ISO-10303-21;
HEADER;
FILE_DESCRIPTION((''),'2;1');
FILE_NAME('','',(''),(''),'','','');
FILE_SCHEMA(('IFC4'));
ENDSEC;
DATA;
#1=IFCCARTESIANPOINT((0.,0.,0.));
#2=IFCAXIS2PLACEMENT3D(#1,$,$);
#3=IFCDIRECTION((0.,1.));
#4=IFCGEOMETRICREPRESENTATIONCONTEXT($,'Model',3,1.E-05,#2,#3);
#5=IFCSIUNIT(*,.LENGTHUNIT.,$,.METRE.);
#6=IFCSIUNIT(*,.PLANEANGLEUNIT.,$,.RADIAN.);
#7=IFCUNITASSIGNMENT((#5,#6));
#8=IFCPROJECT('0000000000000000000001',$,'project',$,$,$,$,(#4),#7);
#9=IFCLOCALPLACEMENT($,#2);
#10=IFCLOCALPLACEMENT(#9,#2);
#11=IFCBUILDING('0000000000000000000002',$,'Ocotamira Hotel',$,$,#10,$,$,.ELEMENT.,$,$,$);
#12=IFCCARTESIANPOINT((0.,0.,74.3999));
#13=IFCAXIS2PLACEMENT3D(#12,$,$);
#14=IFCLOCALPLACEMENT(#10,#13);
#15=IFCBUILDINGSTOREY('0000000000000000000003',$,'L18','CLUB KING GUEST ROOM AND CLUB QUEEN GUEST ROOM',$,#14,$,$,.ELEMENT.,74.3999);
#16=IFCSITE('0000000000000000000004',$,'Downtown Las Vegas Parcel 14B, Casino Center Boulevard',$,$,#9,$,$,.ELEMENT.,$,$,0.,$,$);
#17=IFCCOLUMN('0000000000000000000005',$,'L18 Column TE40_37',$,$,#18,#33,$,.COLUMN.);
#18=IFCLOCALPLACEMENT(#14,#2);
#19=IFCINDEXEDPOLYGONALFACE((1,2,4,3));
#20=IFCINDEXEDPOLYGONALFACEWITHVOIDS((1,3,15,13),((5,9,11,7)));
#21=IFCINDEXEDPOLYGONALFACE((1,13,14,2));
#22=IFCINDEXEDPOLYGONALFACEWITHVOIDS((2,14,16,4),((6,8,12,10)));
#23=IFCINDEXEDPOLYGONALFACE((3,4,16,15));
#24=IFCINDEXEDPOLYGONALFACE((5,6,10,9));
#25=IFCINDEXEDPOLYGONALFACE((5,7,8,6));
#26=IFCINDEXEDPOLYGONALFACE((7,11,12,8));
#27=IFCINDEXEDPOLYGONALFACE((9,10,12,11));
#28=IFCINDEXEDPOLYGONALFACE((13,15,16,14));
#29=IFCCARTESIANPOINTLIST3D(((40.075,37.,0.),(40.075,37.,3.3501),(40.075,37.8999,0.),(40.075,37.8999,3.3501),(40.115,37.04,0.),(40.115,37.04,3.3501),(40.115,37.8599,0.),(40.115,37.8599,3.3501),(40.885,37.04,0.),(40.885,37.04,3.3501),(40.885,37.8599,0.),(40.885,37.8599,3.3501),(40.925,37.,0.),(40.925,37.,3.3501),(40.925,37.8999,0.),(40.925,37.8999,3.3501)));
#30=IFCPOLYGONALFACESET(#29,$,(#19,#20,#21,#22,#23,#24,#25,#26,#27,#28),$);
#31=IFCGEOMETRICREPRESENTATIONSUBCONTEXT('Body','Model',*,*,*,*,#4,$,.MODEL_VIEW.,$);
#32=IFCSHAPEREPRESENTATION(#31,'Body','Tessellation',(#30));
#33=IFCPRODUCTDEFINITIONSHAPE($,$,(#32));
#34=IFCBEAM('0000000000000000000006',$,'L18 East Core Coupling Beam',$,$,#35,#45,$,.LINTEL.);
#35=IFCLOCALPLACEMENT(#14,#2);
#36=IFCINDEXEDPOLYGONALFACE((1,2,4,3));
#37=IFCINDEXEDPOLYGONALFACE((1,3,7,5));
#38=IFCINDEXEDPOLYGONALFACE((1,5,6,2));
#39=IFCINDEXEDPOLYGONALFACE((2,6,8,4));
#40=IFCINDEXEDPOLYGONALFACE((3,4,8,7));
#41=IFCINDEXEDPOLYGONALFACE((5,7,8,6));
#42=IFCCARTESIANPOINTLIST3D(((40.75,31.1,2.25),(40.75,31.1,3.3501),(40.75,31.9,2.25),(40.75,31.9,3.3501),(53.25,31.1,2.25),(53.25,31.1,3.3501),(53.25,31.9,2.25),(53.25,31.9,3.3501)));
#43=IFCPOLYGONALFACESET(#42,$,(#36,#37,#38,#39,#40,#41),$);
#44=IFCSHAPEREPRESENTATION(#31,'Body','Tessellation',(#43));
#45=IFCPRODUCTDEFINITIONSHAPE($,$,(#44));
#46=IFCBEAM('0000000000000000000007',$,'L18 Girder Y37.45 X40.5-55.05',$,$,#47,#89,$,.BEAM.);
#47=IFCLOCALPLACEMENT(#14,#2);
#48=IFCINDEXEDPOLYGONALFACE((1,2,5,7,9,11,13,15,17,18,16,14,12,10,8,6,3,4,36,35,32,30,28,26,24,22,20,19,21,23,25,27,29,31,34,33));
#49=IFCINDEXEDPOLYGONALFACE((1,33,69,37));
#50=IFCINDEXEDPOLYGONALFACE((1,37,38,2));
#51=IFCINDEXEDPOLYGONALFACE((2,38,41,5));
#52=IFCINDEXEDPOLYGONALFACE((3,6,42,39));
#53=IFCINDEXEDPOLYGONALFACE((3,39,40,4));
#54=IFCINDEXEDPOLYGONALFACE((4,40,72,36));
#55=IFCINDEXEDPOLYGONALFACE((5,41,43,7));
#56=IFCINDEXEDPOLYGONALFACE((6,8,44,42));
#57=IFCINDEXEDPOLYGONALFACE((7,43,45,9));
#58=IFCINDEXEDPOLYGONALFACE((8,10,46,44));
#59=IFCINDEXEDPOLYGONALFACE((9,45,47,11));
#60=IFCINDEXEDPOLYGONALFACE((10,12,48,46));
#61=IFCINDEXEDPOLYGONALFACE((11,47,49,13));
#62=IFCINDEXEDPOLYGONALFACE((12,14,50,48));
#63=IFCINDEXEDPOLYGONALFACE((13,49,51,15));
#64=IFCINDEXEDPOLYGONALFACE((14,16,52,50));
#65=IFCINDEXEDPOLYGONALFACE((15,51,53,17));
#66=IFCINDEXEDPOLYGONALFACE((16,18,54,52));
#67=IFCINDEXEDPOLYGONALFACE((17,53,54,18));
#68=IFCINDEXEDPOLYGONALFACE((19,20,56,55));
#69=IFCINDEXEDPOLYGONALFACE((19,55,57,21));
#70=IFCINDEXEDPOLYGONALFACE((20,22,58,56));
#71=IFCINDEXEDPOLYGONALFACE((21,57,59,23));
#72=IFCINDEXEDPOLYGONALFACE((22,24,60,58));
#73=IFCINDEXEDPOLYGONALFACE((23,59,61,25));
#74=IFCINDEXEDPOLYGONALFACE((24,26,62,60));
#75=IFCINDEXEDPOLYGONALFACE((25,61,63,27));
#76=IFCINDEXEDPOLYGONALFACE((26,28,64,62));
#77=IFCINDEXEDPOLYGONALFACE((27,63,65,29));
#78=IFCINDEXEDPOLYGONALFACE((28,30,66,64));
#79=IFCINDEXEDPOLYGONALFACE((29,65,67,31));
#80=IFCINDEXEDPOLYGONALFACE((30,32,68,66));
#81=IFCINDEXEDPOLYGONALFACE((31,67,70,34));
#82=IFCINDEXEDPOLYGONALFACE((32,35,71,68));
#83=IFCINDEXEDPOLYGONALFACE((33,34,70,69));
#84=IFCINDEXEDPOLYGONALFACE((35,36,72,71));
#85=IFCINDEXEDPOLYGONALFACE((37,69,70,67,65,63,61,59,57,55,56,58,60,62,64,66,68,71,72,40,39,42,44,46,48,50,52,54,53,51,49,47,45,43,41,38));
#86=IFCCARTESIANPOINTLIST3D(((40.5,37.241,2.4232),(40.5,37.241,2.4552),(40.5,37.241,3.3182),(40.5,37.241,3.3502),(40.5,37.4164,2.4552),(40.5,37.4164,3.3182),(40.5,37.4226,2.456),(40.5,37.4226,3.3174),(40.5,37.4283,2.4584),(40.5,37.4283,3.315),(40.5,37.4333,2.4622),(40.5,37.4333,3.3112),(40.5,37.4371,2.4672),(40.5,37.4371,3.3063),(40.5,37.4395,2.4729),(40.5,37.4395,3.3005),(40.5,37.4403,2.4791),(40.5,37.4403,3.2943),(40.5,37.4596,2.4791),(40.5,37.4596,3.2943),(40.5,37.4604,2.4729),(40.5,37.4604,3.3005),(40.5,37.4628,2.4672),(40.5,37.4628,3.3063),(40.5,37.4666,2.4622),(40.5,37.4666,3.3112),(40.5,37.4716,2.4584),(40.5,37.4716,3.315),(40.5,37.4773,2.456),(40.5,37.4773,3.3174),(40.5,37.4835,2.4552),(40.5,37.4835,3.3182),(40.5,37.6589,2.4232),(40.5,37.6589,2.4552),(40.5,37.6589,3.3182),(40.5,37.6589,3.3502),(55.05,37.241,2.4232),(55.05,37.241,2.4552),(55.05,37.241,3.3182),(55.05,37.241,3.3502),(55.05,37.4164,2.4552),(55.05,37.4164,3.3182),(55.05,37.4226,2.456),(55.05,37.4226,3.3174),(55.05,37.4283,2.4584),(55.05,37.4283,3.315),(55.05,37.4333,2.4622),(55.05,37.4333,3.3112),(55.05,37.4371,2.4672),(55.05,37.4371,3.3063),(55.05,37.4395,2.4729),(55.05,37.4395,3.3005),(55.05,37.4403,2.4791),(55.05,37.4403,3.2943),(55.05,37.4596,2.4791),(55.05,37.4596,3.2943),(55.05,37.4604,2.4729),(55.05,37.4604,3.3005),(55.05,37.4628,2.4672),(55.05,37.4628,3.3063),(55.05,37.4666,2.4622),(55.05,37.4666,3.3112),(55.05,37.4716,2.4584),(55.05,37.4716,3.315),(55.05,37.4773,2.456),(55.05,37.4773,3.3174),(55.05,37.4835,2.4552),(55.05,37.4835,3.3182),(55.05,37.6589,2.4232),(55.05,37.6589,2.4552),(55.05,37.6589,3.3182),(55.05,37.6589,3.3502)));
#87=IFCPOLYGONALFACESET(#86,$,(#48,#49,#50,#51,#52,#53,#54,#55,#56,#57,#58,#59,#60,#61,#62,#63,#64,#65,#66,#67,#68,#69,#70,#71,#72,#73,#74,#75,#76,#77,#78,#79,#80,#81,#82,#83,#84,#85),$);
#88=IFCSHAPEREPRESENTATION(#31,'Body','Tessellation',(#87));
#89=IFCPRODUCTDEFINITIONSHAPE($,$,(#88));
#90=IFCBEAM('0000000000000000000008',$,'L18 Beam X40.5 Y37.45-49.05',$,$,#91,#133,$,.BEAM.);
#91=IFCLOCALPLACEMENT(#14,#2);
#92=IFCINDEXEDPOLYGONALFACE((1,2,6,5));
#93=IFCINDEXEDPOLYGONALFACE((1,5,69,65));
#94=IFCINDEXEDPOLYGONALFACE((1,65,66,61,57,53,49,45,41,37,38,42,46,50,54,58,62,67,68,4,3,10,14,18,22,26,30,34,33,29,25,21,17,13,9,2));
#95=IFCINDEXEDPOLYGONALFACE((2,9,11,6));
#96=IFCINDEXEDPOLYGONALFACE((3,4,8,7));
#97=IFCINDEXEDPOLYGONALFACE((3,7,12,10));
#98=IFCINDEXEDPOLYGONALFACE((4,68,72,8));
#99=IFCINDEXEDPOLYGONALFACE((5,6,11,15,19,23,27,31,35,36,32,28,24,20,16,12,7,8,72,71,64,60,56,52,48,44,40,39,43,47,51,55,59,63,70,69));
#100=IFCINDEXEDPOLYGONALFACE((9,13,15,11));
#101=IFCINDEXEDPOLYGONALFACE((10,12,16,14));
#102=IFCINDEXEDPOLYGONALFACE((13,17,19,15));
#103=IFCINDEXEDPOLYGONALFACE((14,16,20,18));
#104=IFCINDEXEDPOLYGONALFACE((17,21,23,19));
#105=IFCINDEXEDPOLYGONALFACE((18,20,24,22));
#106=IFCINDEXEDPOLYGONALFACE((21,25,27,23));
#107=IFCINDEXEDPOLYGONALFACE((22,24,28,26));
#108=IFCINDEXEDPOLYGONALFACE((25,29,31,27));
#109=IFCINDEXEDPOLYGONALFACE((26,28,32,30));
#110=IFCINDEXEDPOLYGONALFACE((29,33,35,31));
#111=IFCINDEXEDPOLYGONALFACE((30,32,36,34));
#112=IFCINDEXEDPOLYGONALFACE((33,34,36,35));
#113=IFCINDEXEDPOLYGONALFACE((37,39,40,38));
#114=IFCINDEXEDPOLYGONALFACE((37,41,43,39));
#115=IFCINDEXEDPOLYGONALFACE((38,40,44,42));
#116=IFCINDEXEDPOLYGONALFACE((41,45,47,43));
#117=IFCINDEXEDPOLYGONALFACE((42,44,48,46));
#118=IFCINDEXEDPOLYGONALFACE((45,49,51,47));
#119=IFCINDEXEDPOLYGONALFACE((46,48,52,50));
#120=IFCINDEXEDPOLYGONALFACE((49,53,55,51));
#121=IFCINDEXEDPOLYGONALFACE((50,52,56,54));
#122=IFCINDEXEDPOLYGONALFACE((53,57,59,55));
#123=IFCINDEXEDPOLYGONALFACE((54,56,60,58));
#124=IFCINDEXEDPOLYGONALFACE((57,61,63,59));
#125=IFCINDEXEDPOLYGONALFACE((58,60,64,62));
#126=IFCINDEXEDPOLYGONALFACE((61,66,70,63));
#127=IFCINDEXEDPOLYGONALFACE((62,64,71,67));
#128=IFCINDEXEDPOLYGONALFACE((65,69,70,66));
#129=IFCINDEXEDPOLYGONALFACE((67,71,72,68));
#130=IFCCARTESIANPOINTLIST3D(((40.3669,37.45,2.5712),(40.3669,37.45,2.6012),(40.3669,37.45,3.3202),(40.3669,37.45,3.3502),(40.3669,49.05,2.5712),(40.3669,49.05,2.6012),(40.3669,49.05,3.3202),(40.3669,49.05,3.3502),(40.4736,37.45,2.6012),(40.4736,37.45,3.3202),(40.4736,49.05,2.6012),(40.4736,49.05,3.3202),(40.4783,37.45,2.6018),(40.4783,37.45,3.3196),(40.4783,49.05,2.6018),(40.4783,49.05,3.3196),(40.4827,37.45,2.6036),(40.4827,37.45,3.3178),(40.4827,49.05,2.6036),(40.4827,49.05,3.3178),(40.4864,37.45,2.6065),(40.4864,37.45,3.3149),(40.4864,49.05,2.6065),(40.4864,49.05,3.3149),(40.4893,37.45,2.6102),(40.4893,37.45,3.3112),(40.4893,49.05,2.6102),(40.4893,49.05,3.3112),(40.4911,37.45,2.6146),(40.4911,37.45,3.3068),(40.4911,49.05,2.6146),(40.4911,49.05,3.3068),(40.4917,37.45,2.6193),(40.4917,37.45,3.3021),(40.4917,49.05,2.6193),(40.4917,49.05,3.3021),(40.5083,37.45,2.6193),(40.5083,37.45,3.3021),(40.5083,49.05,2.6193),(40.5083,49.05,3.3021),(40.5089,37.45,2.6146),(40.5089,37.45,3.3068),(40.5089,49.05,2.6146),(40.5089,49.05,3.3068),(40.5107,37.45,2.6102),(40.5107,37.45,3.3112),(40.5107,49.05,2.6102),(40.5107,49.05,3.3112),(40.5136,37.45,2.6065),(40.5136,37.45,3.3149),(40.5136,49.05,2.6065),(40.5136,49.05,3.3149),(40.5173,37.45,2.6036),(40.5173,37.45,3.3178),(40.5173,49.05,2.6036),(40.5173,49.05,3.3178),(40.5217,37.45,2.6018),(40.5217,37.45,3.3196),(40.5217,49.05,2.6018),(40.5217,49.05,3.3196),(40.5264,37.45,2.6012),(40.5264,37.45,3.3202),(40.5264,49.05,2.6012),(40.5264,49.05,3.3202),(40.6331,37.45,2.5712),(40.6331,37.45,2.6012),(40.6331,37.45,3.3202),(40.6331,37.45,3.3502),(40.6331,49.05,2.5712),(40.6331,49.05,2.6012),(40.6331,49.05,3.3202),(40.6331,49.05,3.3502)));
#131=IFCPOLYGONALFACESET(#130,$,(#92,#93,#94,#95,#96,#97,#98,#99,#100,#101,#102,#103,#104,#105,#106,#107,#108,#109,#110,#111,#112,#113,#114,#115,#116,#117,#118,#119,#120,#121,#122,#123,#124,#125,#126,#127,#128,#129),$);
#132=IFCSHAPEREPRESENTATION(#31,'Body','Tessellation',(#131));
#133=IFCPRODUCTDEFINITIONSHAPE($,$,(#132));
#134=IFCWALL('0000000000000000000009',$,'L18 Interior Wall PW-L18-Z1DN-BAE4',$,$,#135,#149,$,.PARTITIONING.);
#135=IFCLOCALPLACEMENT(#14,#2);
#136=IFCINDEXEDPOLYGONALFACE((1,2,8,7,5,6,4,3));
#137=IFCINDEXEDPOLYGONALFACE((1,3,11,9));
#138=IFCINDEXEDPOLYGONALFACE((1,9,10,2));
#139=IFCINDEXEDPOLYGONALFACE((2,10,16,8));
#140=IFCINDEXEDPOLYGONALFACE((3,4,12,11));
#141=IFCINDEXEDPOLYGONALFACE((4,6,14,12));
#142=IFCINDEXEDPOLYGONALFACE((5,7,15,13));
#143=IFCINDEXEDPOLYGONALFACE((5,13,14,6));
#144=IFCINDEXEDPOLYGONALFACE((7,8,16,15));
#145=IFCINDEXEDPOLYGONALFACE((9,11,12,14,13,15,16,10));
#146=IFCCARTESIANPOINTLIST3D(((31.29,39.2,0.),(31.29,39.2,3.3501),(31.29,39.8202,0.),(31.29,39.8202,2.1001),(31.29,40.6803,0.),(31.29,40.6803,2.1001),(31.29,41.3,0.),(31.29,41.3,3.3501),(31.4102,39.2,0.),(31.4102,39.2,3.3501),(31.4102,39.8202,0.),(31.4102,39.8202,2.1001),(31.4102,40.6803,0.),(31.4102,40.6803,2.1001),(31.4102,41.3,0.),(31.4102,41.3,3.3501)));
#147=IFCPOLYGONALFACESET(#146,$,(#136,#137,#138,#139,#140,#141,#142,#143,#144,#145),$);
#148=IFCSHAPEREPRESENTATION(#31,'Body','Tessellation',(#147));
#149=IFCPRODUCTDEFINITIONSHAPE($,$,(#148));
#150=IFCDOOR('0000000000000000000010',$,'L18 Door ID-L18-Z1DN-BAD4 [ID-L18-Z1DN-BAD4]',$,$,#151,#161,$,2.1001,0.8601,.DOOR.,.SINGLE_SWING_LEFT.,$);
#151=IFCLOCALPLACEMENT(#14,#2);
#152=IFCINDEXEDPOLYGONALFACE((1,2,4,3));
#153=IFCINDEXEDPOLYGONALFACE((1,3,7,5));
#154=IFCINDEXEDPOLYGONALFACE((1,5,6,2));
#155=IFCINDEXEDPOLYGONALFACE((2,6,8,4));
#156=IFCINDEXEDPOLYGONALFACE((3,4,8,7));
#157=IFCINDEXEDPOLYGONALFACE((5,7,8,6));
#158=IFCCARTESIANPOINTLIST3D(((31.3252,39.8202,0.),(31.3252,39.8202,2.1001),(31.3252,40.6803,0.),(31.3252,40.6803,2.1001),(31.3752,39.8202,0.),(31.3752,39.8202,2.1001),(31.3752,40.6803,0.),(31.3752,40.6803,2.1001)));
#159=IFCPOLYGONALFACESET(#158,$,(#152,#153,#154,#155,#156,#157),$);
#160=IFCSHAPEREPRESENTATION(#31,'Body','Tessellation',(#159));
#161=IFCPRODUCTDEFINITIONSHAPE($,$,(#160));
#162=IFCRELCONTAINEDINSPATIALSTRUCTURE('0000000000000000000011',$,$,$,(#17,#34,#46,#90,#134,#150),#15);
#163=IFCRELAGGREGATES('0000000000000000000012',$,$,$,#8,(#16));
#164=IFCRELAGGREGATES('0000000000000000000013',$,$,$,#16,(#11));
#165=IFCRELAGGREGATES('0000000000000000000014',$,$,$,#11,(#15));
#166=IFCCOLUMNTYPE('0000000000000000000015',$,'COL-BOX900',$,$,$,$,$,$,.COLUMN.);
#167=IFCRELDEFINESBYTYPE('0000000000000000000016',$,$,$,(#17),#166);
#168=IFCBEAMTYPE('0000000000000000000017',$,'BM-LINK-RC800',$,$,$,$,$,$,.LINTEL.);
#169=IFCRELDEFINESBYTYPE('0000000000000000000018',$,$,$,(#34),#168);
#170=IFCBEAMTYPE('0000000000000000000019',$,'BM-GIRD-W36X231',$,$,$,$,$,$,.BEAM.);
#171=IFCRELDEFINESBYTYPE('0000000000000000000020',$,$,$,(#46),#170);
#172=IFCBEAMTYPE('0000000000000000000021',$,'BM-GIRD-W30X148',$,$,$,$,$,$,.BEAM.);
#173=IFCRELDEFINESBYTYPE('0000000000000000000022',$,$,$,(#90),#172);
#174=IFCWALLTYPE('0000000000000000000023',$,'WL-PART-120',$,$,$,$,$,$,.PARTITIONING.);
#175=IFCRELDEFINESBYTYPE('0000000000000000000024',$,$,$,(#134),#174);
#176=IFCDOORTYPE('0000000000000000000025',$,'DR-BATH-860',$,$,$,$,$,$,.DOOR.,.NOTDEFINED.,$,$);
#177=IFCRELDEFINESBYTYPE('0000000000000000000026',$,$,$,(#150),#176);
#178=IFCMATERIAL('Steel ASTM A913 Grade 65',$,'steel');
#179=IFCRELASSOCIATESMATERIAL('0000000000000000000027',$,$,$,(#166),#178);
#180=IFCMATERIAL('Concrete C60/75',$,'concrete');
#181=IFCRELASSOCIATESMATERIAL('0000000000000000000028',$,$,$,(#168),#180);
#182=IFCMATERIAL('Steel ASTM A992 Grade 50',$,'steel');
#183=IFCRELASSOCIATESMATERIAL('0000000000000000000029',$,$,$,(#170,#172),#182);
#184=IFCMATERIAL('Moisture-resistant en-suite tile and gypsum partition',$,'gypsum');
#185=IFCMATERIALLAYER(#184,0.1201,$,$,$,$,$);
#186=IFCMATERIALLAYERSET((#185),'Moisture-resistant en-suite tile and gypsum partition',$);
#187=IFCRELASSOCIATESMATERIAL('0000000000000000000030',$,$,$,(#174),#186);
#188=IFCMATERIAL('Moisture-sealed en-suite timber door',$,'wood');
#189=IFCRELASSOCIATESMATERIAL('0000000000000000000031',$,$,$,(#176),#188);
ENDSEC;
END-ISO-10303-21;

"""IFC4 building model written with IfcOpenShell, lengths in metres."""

from ifc_helpers import new_model, si_unit, direction, frame, frame_2d, origin, origin_2d, place, context, subcontext, project, spatial, rectangle, hollow_rectangle, i_section, extrude, source, transform, mapped, material, layer, layer_set, material_profile, profile_set, type_object, element, fill, save


model = new_model("IFC4")

# Units and contexts
model_context = context("Model", 3, precision=1e-05, world=origin(), true_north=direction((0.0, 1.0)))
body_context = subcontext(model_context, "Body", "Model", "MODEL_VIEW")
ifc_project = project(units=[si_unit("LENGTHUNIT", "METRE"), si_unit("PLANEANGLEUNIT", "RADIAN")], contexts=[model_context])

# Site, building, storey
site_placement = place(None, origin())
site = spatial("IfcSite", under=ifc_project, at=site_placement, Name="Downtown Las Vegas Parcel 14B, Casino Center Boulevard", CompositionType="ELEMENT", RefElevation=0.0)
building_placement = place(site_placement, origin())
building = spatial("IfcBuilding", under=site, at=building_placement, Name="Ocotamira Hotel", CompositionType="ELEMENT")
storey_placement = place(building_placement, frame((0.0, 0.0, 74.3999)))
storey = spatial("IfcBuildingStorey", under=building, at=storey_placement, Name="L18", Description="CLUB KING GUEST ROOM AND CLUB QUEEN GUEST ROOM", CompositionType="ELEMENT", Elevation=74.3999)

# Column
ifc_material_1 = material(Name="Steel ASTM A913 Grade 65", Category="steel")
ifc_material_profile_1 = material_profile(ifc_material_1, hollow_rectangle(XDim=0.8501, YDim=0.8999, WallThickness=0.04, at=origin_2d()), Name="BOX900X850X40")
ifc_profile_set_1 = profile_set([ifc_material_profile_1], Name="Steel ASTM A913 Grade 65")
column_type = type_object("IfcColumnType", Name="COL-BOX900", PredefinedType="COLUMN", material=ifc_profile_set_1)
shared_shape_1 = source(origin(), body_context, "Body", "SweptSolid", [
    extrude(hollow_rectangle(XDim=0.8501, YDim=0.8999, WallThickness=0.04, at=origin_2d()), origin(), (0.0, 0.0, 1.0), 3.3501),
])
column_placement = place(storey_placement, frame((40.5, 37.45, 0.0), z_axis=(0.0, 0.0, 1.0), x_axis=(1.0, 0.0, 0.0)))
element("IfcColumn", 1, at=column_placement, inside=storey, type_object=column_type, Name="L18 Column TE40_37", PredefinedType="COLUMN", context=body_context, shape_type="MappedRepresentation", body=[
    mapped(shared_shape_1, transform((0.0, 0.0, 0.0), scale=1.0)),
])

# Beams
ifc_material_2 = material(Name="Concrete C60/75", Category="concrete")
ifc_material_profile_2 = material_profile(ifc_material_2, rectangle(XDim=0.8, YDim=1.1001, at=origin_2d()), Name="RC800X1100")
ifc_profile_set_2 = profile_set([ifc_material_profile_2], Name="Concrete C60/75")
beam_type_1 = type_object("IfcBeamType", Name="BM-LINK-RC800", PredefinedType="LINTEL", material=ifc_profile_set_2)
shared_shape_2 = source(origin(), body_context, "Body", "SweptSolid", [
    extrude(rectangle(XDim=0.8, YDim=1.1001, at=origin_2d()), origin(), (0.0, 0.0, 1.0), 12.5),
])
beam_1_placement = place(storey_placement, frame((40.75, 31.5, 2.8), z_axis=(1.0, 0.0, 0.0), x_axis=(0.0, 1.0, 0.0)))
element("IfcBeam", 2, at=beam_1_placement, inside=storey, type_object=beam_type_1, Name="L18 East Core Coupling Beam", PredefinedType="LINTEL", context=body_context, shape_type="MappedRepresentation", body=[
    mapped(shared_shape_2, transform((0.0, 0.0, 0.0), scale=1.0)),
])
ifc_material_3 = material(Name="Steel ASTM A992 Grade 50", Category="steel")
ifc_material_profile_3 = material_profile(ifc_material_3, i_section(OverallWidth=0.418, OverallDepth=0.927, WebThickness=0.0193, FlangeThickness=0.032, FilletRadius=0.0239, at=origin_2d()), Name="W36X231")
ifc_profile_set_3 = profile_set([ifc_material_profile_3], Name="Steel ASTM A992 Grade 50")
beam_type_2 = type_object("IfcBeamType", Name="BM-GIRD-W36X231", PredefinedType="BEAM", material=ifc_profile_set_3)
shared_shape_3 = source(origin(), body_context, "Body", "SweptSolid", [
    extrude(i_section(OverallWidth=0.418, OverallDepth=0.927, WebThickness=0.0193, FlangeThickness=0.032, FilletRadius=0.0239, at=origin_2d()), origin(), (0.0, 0.0, 1.0), 14.55),
])
beam_2_placement = place(storey_placement, frame((40.5, 37.45, 2.8867), z_axis=(1.0, 0.0, 0.0), x_axis=(0.0, 1.0, 0.0)))
element("IfcBeam", 3, at=beam_2_placement, inside=storey, type_object=beam_type_2, Name="L18 Girder Y37.45 X40.5-55.05", PredefinedType="BEAM", context=body_context, shape_type="MappedRepresentation", body=[
    mapped(shared_shape_3, transform((0.0, 0.0, 0.0), scale=1.0)),
])
ifc_material_profile_4 = material_profile(ifc_material_3, i_section(OverallWidth=0.2661, OverallDepth=0.7791, WebThickness=0.0166, FlangeThickness=0.03, FilletRadius=0.0181, at=origin_2d()), Name="W30X148")
ifc_profile_set_4 = profile_set([ifc_material_profile_4], Name="Steel ASTM A992 Grade 50")
beam_type_3 = type_object("IfcBeamType", Name="BM-GIRD-W30X148", PredefinedType="BEAM", material=ifc_profile_set_4)
shared_shape_4 = source(origin(), body_context, "Body", "SweptSolid", [
    extrude(i_section(OverallWidth=0.2661, OverallDepth=0.7791, WebThickness=0.0166, FlangeThickness=0.03, FilletRadius=0.0181, at=origin_2d()), origin(), (0.0, 0.0, 1.0), 11.6001),
])
beam_3_placement = place(storey_placement, frame((40.5, 37.45, 2.9607), z_axis=(0.0, 1.0, 0.0), x_axis=(-1.0, 0.0, 0.0)))
element("IfcBeam", 4, at=beam_3_placement, inside=storey, type_object=beam_type_3, Name="L18 Beam X40.5 Y37.45-49.05", PredefinedType="BEAM", context=body_context, shape_type="MappedRepresentation", body=[
    mapped(shared_shape_4, transform((0.0, 0.0, 0.0), scale=1.0)),
])

# Wall, opening, door
ifc_material_4 = material(Name="Moisture-resistant en-suite tile and gypsum partition", Category="gypsum")
ifc_layer_1 = layer(ifc_material_4, 0.1201)
ifc_layer_set_1 = layer_set([ifc_layer_1], Name="Moisture-resistant en-suite tile and gypsum partition")
wall_type_1 = type_object("IfcWallType", Name="WL-PART-120", PredefinedType="PARTITIONING", material=ifc_layer_set_1)
wall_1_placement = place(storey_placement, frame((31.3501, 39.2, 0.0), z_axis=(0.0, 0.0, 1.0), x_axis=(0.0, 1.0, 0.0)))
wall_1 = element("IfcWall", 5, at=wall_1_placement, inside=storey, type_object=wall_type_1, Name="L18 Interior Wall PW-L18-Z1DN-BAE4", PredefinedType="PARTITIONING", context=body_context, shape_type="SweptSolid", body=[
    extrude(rectangle(XDim=2.1001, YDim=0.1201, at=frame_2d((1.05, 0.0))), origin(), (0.0, 0.0, 1.0), 3.3501),
])
opening_1_placement = place(wall_1_placement, frame((0.6201, 0.0, 0.0)))
opening_1 = element("IfcOpeningElement", 6, at=opening_1_placement, cuts=wall_1, PredefinedType="OPENING", context=body_context, shape_type="SweptSolid", body=[
    extrude(rectangle(XDim=0.8601, YDim=2.1001, at=frame_2d((0.4302, 1.05))), frame((0.0, 0.0701, 0.0), z_axis=(0.0, -1.0, 0.0), x_axis=(1.0, 0.0, 0.0)), (0.0, 0.0, 1.0), 0.1401),
])
ifc_material_5 = material(Name="Moisture-sealed en-suite timber door", Category="wood")
door_type_1 = type_object("IfcDoorType", Name="DR-BATH-860", OperationType="NOTDEFINED", PredefinedType="DOOR", material=ifc_material_5)
shared_shape_5 = source(origin(), body_context, "Body", "SweptSolid", [
    extrude(rectangle(XDim=0.8601, YDim=2.1001, at=frame_2d((0.4302, 1.05))), frame((0.0, 0.0249, 0.0), z_axis=(0.0, -1.0, 0.0), x_axis=(1.0, 0.0, 0.0)), (0.0, 0.0, 1.0), 0.05),
])
door_1_placement = place(opening_1_placement, origin())
door_1 = element("IfcDoor", 7, at=door_1_placement, inside=storey, type_object=door_type_1, Name="L18 Door ID-L18-Z1DN-BAD4 [ID-L18-Z1DN-BAD4]", OperationType="SINGLE_SWING_LEFT", OverallHeight=2.1001, OverallWidth=0.8601, PredefinedType="DOOR", context=body_context, shape_type="MappedRepresentation", body=[
    mapped(shared_shape_5, transform((0.0, 0.0, 0.0), scale=1.0)),
])
fill(opening_1, door_1)

save(model, "model.ifc")
